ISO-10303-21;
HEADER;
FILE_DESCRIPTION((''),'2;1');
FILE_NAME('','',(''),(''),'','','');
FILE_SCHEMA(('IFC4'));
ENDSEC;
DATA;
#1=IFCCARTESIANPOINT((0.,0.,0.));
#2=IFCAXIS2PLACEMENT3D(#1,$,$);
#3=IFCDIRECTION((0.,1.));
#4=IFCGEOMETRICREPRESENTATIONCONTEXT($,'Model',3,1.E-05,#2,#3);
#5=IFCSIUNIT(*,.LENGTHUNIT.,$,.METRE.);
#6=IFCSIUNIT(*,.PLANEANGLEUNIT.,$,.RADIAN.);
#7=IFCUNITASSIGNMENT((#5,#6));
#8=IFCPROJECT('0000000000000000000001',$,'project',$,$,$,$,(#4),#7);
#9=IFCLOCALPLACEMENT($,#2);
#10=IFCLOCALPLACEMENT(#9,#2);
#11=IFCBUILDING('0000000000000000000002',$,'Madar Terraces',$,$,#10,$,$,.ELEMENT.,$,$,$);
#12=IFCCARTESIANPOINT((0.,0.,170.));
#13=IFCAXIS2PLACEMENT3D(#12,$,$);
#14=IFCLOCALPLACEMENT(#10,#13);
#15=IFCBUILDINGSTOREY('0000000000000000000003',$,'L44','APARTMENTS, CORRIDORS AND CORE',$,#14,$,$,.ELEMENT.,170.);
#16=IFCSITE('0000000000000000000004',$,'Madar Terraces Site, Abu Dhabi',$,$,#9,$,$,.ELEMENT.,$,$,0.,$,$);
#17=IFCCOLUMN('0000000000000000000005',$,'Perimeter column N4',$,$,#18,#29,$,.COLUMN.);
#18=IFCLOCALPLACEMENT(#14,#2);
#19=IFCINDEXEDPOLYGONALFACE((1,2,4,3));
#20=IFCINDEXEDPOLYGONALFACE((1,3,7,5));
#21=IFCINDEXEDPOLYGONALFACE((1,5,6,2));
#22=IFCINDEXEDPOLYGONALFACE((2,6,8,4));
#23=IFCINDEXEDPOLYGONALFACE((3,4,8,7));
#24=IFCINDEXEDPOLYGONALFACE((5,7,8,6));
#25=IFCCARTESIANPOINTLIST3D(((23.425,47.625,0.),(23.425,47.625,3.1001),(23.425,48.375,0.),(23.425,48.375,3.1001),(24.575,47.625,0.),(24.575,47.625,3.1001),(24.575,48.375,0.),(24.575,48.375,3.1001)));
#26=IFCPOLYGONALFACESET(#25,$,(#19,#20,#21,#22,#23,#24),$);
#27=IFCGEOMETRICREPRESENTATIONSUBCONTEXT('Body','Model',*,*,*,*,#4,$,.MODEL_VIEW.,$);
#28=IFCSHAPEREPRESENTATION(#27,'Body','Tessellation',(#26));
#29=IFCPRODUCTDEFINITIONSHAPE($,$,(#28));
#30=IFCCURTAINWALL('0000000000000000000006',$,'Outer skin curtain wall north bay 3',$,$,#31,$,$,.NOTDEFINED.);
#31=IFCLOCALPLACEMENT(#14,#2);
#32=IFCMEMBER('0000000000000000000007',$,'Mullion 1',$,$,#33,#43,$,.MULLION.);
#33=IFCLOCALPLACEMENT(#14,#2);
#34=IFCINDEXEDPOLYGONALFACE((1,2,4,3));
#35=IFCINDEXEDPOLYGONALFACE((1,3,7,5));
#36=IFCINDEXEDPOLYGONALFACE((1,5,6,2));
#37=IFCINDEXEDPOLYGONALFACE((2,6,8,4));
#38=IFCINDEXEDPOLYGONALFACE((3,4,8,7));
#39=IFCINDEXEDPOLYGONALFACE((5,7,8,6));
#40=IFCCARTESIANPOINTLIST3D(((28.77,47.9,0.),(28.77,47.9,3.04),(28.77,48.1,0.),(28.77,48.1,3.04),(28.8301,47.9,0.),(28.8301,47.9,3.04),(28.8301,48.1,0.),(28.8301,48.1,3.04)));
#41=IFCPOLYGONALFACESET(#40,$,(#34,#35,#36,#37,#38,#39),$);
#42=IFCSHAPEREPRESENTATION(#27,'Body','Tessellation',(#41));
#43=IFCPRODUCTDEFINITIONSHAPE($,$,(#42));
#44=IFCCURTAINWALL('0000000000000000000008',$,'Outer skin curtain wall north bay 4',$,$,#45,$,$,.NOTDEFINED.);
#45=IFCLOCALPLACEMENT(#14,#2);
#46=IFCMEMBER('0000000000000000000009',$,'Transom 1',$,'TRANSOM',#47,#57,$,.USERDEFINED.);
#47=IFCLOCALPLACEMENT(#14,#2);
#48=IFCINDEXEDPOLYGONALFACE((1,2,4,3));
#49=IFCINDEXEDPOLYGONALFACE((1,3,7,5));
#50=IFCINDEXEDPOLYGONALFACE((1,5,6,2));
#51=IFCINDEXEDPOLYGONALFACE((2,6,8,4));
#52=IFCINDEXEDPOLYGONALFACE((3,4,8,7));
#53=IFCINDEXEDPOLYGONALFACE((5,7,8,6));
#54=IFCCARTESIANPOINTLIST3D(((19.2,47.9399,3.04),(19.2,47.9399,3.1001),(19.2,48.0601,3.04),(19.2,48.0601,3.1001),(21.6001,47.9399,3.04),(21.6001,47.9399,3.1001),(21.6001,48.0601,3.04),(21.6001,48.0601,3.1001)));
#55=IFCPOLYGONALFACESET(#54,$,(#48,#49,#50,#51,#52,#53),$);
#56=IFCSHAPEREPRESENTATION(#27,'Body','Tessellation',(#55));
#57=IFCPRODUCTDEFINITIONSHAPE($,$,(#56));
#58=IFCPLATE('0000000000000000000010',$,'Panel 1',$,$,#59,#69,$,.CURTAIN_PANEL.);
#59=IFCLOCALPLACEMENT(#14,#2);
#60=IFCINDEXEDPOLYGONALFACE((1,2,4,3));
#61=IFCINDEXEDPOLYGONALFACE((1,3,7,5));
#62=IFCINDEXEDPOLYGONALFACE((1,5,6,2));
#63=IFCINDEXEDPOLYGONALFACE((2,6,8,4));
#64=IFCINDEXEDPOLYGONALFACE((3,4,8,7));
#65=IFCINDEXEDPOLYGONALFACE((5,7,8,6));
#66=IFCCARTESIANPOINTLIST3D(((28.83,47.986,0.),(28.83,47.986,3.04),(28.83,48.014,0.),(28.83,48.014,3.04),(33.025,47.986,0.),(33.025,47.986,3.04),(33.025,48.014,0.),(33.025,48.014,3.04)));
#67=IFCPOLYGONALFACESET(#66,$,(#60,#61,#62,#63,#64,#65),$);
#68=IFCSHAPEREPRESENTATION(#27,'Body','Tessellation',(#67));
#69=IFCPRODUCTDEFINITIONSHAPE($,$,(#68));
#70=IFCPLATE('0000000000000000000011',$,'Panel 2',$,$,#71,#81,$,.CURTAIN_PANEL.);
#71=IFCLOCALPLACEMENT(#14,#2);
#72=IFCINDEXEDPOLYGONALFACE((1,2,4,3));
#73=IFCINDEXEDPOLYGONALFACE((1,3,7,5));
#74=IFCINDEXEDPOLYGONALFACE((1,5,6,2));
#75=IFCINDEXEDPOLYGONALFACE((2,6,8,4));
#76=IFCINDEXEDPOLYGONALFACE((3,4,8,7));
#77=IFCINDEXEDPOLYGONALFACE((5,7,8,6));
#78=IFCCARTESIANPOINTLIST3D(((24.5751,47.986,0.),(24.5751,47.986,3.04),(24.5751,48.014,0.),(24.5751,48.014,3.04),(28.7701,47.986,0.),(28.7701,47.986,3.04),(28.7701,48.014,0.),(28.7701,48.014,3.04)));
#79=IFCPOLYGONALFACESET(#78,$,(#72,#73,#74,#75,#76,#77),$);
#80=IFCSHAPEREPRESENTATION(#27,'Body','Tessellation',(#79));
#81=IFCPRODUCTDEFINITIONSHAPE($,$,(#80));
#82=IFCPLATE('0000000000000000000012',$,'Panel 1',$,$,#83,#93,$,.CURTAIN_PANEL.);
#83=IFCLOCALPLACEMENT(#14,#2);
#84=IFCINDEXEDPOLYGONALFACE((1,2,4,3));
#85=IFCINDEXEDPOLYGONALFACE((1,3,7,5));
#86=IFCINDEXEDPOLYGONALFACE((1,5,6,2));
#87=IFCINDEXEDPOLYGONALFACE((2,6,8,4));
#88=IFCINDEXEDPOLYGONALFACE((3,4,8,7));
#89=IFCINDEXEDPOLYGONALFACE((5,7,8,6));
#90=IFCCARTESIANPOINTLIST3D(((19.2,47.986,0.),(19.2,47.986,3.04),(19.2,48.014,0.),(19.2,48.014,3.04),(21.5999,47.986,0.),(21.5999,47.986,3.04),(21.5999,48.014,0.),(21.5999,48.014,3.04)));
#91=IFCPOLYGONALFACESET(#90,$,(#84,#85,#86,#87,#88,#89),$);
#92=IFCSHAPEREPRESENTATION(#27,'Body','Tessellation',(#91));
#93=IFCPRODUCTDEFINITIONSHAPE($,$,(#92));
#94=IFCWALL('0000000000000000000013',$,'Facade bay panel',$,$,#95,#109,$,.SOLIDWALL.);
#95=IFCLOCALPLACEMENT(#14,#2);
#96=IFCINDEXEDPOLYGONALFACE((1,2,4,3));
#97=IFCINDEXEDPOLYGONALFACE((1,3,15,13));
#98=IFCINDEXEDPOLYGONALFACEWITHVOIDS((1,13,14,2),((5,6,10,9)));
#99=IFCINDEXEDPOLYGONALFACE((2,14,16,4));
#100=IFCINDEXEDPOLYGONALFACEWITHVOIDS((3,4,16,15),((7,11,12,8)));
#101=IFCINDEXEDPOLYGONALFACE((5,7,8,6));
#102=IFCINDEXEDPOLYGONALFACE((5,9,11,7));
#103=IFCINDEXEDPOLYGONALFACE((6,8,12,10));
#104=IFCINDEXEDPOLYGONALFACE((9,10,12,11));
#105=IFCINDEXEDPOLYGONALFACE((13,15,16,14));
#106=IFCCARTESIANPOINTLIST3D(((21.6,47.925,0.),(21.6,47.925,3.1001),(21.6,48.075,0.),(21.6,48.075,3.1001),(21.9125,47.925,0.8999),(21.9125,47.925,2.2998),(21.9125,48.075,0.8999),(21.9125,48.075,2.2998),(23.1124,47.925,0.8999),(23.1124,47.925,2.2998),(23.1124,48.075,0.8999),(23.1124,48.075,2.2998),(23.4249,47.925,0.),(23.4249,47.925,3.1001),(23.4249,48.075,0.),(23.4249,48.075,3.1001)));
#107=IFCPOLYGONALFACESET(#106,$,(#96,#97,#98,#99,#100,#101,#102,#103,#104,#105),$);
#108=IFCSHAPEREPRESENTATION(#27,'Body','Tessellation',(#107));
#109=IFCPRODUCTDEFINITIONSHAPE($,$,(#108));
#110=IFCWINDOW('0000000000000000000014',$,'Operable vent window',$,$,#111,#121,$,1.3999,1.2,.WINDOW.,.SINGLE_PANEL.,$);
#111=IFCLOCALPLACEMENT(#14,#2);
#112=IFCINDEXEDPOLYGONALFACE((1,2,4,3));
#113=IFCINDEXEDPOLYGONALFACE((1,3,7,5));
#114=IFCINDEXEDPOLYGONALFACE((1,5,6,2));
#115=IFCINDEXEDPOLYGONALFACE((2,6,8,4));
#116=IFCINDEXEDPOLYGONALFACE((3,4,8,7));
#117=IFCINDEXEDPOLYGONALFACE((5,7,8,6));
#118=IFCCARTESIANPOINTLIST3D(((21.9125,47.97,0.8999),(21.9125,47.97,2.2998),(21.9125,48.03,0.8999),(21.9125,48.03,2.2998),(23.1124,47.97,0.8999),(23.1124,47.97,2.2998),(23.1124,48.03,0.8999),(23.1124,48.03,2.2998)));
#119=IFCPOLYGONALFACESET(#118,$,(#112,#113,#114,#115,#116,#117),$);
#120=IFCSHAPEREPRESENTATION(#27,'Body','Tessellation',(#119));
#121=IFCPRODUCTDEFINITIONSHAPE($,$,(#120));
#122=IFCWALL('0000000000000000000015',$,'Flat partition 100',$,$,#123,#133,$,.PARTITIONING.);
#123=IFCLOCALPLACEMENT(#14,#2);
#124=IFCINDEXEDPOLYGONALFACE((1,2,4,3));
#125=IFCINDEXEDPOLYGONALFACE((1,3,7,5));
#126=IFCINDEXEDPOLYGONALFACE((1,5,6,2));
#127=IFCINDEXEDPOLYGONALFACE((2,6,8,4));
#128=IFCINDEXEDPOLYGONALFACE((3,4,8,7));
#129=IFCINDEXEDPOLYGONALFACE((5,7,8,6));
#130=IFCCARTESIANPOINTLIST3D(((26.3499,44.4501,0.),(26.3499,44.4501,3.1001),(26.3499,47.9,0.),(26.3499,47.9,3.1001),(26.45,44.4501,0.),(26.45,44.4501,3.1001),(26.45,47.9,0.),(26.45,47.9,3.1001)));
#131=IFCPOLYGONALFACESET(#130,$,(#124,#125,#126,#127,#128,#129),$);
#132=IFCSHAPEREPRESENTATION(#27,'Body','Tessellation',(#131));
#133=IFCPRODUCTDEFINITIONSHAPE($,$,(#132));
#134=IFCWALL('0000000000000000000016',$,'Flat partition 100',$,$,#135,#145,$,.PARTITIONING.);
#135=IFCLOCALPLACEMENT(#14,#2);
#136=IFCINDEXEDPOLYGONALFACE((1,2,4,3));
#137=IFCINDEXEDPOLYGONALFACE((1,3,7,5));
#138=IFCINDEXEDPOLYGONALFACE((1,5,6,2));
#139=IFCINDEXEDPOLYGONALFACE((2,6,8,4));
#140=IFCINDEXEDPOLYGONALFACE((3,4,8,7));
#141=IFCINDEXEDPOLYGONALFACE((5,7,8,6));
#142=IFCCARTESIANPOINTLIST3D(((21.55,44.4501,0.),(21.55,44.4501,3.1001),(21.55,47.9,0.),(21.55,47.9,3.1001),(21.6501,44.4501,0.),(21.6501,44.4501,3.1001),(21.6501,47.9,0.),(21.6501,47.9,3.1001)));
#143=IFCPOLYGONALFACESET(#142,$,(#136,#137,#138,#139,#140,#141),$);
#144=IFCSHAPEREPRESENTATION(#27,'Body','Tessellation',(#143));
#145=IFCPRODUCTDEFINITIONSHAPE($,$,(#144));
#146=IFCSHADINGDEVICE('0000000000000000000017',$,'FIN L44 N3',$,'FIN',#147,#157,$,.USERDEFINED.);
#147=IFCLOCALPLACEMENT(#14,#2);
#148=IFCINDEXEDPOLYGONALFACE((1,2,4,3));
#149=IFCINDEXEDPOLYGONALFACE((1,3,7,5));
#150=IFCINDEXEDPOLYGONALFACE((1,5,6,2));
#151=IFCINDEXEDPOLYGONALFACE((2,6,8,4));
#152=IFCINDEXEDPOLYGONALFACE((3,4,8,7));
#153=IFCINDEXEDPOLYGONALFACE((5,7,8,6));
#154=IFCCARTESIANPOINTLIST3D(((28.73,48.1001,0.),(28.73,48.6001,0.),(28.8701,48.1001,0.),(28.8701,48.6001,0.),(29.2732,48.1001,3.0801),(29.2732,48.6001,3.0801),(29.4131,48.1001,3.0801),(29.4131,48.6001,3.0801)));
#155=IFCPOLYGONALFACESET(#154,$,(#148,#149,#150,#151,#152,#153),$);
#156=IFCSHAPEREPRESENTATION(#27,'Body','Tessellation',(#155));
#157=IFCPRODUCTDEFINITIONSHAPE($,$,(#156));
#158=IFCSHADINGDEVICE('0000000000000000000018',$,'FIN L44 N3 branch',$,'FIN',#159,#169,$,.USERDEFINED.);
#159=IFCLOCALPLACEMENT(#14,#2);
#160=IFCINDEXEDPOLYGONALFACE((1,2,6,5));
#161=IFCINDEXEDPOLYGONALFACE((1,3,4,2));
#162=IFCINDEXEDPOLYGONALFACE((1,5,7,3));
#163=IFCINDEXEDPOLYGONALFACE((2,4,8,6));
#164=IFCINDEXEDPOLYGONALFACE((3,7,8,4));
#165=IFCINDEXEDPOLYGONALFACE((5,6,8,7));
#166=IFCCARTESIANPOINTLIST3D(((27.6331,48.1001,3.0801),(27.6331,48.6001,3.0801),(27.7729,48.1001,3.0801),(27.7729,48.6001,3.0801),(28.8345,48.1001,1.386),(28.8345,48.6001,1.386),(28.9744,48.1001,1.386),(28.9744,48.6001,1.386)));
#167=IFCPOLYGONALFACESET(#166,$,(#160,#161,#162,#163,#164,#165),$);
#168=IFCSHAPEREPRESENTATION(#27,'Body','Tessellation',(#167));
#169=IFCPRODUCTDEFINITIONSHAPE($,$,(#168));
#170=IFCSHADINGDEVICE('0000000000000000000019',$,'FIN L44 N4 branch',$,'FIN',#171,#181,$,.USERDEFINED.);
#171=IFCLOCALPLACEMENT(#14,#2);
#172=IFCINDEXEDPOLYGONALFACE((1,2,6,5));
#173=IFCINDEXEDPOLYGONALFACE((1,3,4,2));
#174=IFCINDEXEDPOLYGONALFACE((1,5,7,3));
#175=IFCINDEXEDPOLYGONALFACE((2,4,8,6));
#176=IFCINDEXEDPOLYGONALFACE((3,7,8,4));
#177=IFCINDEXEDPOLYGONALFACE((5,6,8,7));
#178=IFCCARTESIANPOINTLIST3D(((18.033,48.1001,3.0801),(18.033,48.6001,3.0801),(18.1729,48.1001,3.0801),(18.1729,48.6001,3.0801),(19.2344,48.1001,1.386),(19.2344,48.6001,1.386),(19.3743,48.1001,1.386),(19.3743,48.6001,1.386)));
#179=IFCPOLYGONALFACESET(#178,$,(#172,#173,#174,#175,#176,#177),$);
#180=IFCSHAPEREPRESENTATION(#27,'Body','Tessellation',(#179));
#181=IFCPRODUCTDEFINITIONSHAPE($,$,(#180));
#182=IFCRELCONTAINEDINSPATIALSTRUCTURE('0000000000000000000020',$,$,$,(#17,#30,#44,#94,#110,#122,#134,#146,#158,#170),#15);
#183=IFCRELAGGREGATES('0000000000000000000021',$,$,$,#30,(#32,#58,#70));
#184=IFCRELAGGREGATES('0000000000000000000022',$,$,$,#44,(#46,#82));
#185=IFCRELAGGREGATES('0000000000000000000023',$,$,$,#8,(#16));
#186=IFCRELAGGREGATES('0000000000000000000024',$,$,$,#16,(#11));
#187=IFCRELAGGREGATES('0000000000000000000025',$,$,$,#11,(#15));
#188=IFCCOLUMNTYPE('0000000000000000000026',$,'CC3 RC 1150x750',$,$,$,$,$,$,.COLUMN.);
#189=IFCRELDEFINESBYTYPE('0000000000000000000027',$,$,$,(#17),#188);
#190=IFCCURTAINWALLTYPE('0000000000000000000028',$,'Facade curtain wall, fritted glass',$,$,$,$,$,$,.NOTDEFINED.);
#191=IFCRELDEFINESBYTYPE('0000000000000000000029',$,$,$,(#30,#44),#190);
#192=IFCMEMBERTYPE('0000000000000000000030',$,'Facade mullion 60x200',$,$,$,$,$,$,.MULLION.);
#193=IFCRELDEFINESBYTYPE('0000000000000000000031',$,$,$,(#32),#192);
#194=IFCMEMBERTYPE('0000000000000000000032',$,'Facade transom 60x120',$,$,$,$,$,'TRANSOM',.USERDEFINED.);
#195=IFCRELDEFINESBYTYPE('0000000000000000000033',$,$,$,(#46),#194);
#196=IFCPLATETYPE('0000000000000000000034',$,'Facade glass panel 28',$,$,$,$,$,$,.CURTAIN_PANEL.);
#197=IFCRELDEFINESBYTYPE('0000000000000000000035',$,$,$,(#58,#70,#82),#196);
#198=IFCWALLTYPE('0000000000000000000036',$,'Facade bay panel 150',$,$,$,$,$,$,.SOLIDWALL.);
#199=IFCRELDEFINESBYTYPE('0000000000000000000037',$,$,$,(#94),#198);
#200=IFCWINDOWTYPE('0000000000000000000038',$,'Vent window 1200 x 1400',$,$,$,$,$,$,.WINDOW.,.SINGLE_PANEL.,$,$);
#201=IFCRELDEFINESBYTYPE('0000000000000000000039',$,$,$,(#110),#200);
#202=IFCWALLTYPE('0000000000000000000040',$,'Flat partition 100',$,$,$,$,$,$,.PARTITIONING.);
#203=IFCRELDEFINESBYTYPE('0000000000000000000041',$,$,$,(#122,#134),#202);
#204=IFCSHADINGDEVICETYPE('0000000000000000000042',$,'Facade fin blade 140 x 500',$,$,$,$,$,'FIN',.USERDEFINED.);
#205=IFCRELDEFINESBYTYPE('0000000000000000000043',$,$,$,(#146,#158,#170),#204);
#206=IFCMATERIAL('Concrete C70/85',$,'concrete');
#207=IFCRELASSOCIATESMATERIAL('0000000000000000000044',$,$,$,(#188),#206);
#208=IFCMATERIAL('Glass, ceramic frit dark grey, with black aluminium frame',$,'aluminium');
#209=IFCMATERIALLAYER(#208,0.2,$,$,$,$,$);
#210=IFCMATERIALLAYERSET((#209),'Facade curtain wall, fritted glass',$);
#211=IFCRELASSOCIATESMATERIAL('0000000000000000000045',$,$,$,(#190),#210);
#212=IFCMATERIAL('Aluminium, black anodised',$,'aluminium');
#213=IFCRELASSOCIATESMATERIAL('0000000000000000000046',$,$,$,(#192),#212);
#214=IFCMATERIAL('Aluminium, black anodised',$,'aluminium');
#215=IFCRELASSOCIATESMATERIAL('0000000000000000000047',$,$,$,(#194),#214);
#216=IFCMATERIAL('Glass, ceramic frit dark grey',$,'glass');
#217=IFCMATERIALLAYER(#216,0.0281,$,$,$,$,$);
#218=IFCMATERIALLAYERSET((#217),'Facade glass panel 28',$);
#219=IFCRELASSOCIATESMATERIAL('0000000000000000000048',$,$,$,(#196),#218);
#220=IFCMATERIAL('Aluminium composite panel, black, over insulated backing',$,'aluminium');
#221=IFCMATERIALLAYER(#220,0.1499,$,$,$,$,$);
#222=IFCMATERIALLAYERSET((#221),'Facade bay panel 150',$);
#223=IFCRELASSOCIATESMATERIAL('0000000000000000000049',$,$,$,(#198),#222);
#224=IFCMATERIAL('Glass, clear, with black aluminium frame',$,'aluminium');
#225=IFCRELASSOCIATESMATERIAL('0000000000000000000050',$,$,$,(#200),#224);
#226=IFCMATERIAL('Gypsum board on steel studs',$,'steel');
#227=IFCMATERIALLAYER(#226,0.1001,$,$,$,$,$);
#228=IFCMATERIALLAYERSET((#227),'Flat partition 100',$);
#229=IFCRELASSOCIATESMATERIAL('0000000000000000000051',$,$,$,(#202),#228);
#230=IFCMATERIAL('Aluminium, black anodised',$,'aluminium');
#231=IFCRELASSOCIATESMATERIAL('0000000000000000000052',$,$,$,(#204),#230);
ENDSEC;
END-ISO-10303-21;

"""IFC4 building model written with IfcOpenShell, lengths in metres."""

from ifc_helpers import new_model, si_unit, direction, frame, frame_2d, origin, origin_2d, place, context, subcontext, project, spatial, polyline, rectangle, outline, extrude, material, layer, layer_set, material_profile, profile_set, type_object, element, fill, aggregate, save


model = new_model("IFC4")

# Units and contexts
model_context = context("Model", 3, precision=1e-05, world=origin(), true_north=direction((0.0, 1.0)))
body_context = subcontext(model_context, "Body", "Model", "MODEL_VIEW")
ifc_project = project(units=[si_unit("LENGTHUNIT", "METRE"), si_unit("PLANEANGLEUNIT", "RADIAN")], contexts=[model_context])

# Site, building, storey
site_placement = place(None, origin())
site = spatial("IfcSite", under=ifc_project, at=site_placement, Name="Madar Terraces Site, Abu Dhabi", CompositionType="ELEMENT", RefElevation=0.0)
building_placement = place(site_placement, origin())
building = spatial("IfcBuilding", under=site, at=building_placement, Name="Madar Terraces", CompositionType="ELEMENT")
storey_placement = place(building_placement, frame((0.0, 0.0, 170.0)))
storey = spatial("IfcBuildingStorey", under=building, at=storey_placement, Name="L44", Description="APARTMENTS, CORRIDORS AND CORE", CompositionType="ELEMENT", Elevation=170.0)

# Column
ifc_material_1 = material(Name="Concrete C70/85", Category="concrete")
ifc_material_profile_1 = material_profile(ifc_material_1, rectangle(XDim=1.1499, YDim=0.75, at=origin_2d()), Name="CC3 RC 1150x750")
ifc_profile_set_1 = profile_set([ifc_material_profile_1], Name="Concrete C70/85")
column_type = type_object("IfcColumnType", Name="CC3 RC 1150x750", PredefinedType="COLUMN", material=ifc_profile_set_1)
column_placement = place(storey_placement, frame((24.0, 48.0, 0.0), z_axis=(0.0, 0.0, 1.0), x_axis=(1.0, 0.0, 0.0)))
element("IfcColumn", 1, at=column_placement, inside=storey, type_object=column_type, Name="Perimeter column N4", PredefinedType="COLUMN", context=body_context, shape_type="SweptSolid", body=[
    extrude(rectangle(XDim=1.1499, YDim=0.75, at=origin_2d()), origin(), (0.0, 0.0, 1.0), 3.1001),
])

# Curtain walls, members
ifc_material_2 = material(Name="Glass, ceramic frit dark grey, with black aluminium frame", Category="aluminium")
ifc_layer_1 = layer(ifc_material_2, 0.2)
ifc_layer_set_1 = layer_set([ifc_layer_1], Name="Facade curtain wall, fritted glass")
curtain_wall_type = type_object("IfcCurtainWallType", Name="Facade curtain wall, fritted glass", PredefinedType="NOTDEFINED", material=ifc_layer_set_1)
curtain_wall_1_placement = place(storey_placement, origin())
curtain_wall_1 = element("IfcCurtainWall", 2, at=curtain_wall_1_placement, inside=storey, type_object=curtain_wall_type, Name="Outer skin curtain wall north bay 3", PredefinedType="NOTDEFINED")
ifc_material_3 = material(Name="Aluminium, black anodised", Category="aluminium")
ifc_material_profile_2 = material_profile(ifc_material_3, rectangle(XDim=0.2, YDim=0.0601, at=origin_2d()), Name="Facade mullion 60x200")
ifc_profile_set_2 = profile_set([ifc_material_profile_2], Name="Aluminium, black anodised")
member_type_1 = type_object("IfcMemberType", Name="Facade mullion 60x200", PredefinedType="MULLION", material=ifc_profile_set_2)
member_1_placement = place(storey_placement, frame((28.8, 48.0, 0.0), z_axis=(0.0, 0.0, 1.0), x_axis=(0.0, -1.0, 0.0)))
member_1 = element("IfcMember", 3, at=member_1_placement, type_object=member_type_1, Name="Mullion 1", PredefinedType="MULLION", context=body_context, shape_type="SweptSolid", body=[
    extrude(rectangle(XDim=0.2, YDim=0.0601, at=origin_2d()), origin(), (0.0, 0.0, 1.0), 3.04),
])
curtain_wall_2_placement = place(storey_placement, origin())
curtain_wall_2 = element("IfcCurtainWall", 4, at=curtain_wall_2_placement, inside=storey, type_object=curtain_wall_type, Name="Outer skin curtain wall north bay 4", PredefinedType="NOTDEFINED")
ifc_material_4 = material(Name="Aluminium, black anodised", Category="aluminium")
ifc_material_profile_3 = material_profile(ifc_material_4, rectangle(XDim=0.1201, YDim=0.0601, at=origin_2d()), Name="Facade transom 60x120")
ifc_profile_set_3 = profile_set([ifc_material_profile_3], Name="Aluminium, black anodised")
member_type_2 = type_object("IfcMemberType", Name="Facade transom 60x120", ElementType="TRANSOM", PredefinedType="USERDEFINED", material=ifc_profile_set_3)
member_2_placement = place(storey_placement, frame((21.6001, 48.0, 3.0701), z_axis=(-1.0, 0.0, 0.0), x_axis=(0.0, -1.0, 0.0)))
member_2 = element("IfcMember", 5, at=member_2_placement, type_object=member_type_2, Name="Transom 1", ObjectType="TRANSOM", PredefinedType="USERDEFINED", context=body_context, shape_type="SweptSolid", body=[
    extrude(rectangle(XDim=0.1201, YDim=0.0601, at=origin_2d()), origin(), (0.0, 0.0, 1.0), 2.4001),
])

# Plates
ifc_material_5 = material(Name="Glass, ceramic frit dark grey", Category="glass")
ifc_layer_2 = layer(ifc_material_5, 0.0281)
ifc_layer_set_2 = layer_set([ifc_layer_2], Name="Facade glass panel 28")
plate_type = type_object("IfcPlateType", Name="Facade glass panel 28", PredefinedType="CURTAIN_PANEL", material=ifc_layer_set_2)
plate_1_placement = place(storey_placement, frame((30.9275, 48.0, 0.0), z_axis=(0.0, 0.0, 1.0), x_axis=(-1.0, 0.0, 0.0)))
plate_1 = element("IfcPlate", 6, at=plate_1_placement, type_object=plate_type, Name="Panel 1", PredefinedType="CURTAIN_PANEL", context=body_context, shape_type="SweptSolid", body=[
    extrude(rectangle(XDim=4.1951, YDim=0.0281, at=origin_2d()), origin(), (0.0, 0.0, 1.0), 3.04),
])
plate_2_placement = place(storey_placement, frame((26.6726, 48.0, 0.0), z_axis=(0.0, 0.0, 1.0), x_axis=(-1.0, 0.0, 0.0)))
plate_2 = element("IfcPlate", 7, at=plate_2_placement, type_object=plate_type, Name="Panel 2", PredefinedType="CURTAIN_PANEL", context=body_context, shape_type="SweptSolid", body=[
    extrude(rectangle(XDim=4.1951, YDim=0.0281, at=origin_2d()), origin(), (0.0, 0.0, 1.0), 3.04),
])
aggregate(curtain_wall_1, [member_1, plate_1, plate_2])
plate_3_placement = place(storey_placement, frame((20.3999, 48.0, 0.0), z_axis=(0.0, 0.0, 1.0), x_axis=(-1.0, 0.0, 0.0)))
plate_3 = element("IfcPlate", 8, at=plate_3_placement, type_object=plate_type, Name="Panel 1", PredefinedType="CURTAIN_PANEL", context=body_context, shape_type="SweptSolid", body=[
    extrude(rectangle(XDim=2.3999, YDim=0.0281, at=origin_2d()), origin(), (0.0, 0.0, 1.0), 3.04),
])
aggregate(curtain_wall_2, [member_2, plate_3])

# Wall, opening, window
ifc_material_6 = material(Name="Aluminium composite panel, black, over insulated backing", Category="aluminium")
ifc_layer_3 = layer(ifc_material_6, 0.1499)
ifc_layer_set_3 = layer_set([ifc_layer_3], Name="Facade bay panel 150")
wall_type_1 = type_object("IfcWallType", Name="Facade bay panel 150", PredefinedType="SOLIDWALL", material=ifc_layer_set_3)
wall_placement = place(storey_placement, frame((23.425, 48.0, 0.0), z_axis=(0.0, 0.0, 1.0), x_axis=(-1.0, 0.0, 0.0)))
wall = element("IfcWall", 9, at=wall_placement, inside=storey, type_object=wall_type_1, Name="Facade bay panel", PredefinedType="SOLIDWALL", context=body_context, shape_type="SweptSolid", body=[
    extrude(rectangle(XDim=1.825, YDim=0.1499, at=frame_2d((0.9126, 0.0))), origin(), (0.0, 0.0, 1.0), 3.1001),
])
opening_placement = place(wall_placement, frame((0.3125, 0.0, 0.8999)))
opening = element("IfcOpeningElement", 10, at=opening_placement, cuts=wall, PredefinedType="OPENING", context=body_context, shape_type="SweptSolid", body=[
    extrude(rectangle(XDim=1.2, YDim=1.3999, at=frame_2d((0.6001, 0.7))), frame((0.0, 0.085, 0.0), z_axis=(0.0, -1.0, 0.0), x_axis=(1.0, 0.0, 0.0)), (0.0, 0.0, 1.0), 0.1699),
])
ifc_material_7 = material(Name="Glass, clear, with black aluminium frame", Category="aluminium")
window_type = type_object("IfcWindowType", Name="Vent window 1200 x 1400", PartitioningType="SINGLE_PANEL", PredefinedType="WINDOW", material=ifc_material_7)
window_placement = place(opening_placement, origin())
window = element("IfcWindow", 11, at=window_placement, inside=storey, type_object=window_type, Name="Operable vent window", OverallHeight=1.3999, OverallWidth=1.2, PartitioningType="SINGLE_PANEL", PredefinedType="WINDOW", context=body_context, shape_type="SweptSolid", body=[
    extrude(rectangle(XDim=1.2, YDim=1.3999, at=frame_2d((0.6001, 0.7))), frame((0.0, 0.03, 0.0), z_axis=(0.0, -1.0, 0.0), x_axis=(1.0, 0.0, 0.0)), (0.0, 0.0, 1.0), 0.0601),
])
fill(opening, window)

# Walls
ifc_material_8 = material(Name="Gypsum board on steel studs", Category="steel")
ifc_layer_4 = layer(ifc_material_8, 0.1001)
ifc_layer_set_4 = layer_set([ifc_layer_4], Name="Flat partition 100")
wall_type_2 = type_object("IfcWallType", Name="Flat partition 100", PredefinedType="PARTITIONING", material=ifc_layer_set_4)
for number, where, z_axis, x_axis, name in (
    (12, (26.3999, 44.45, 0.0), (0.0, 0.0, 1.0), (0.0, 1.0, 0.0), "Flat partition 100"),
    (13, (21.6001, 44.45, 0.0), (0.0, 0.0, 1.0), (0.0, 1.0, 0.0), "Flat partition 100"),
):
    element("IfcWall", number, at=place(storey_placement, frame(where, z_axis=z_axis, x_axis=x_axis)), inside=storey, type_object=wall_type_2, Name=name, PredefinedType="PARTITIONING", context=body_context, shape_type="SweptSolid", body=[
        extrude(rectangle(XDim=3.45, YDim=0.1001, at=frame_2d((1.7251, 0.0))), origin(), (0.0, 0.0, 1.0), 3.1001),
    ])

# Shading devices
ifc_material_9 = material(Name="Aluminium, black anodised", Category="aluminium")
shading_device_type = type_object("IfcShadingDeviceType", Name="Facade fin blade 140 x 500", ElementType="FIN", PredefinedType="USERDEFINED", material=ifc_material_9)
shading_device_placement = place(storey_placement, frame((28.8701, 48.3501, 0.0), z_axis=(0.0, 0.0, 1.0), x_axis=(-1.0, 0.0, 0.0)))
element("IfcShadingDevice", 14, at=shading_device_placement, inside=storey, type_object=shading_device_type, Name="FIN L44 N3", ObjectType="FIN", PredefinedType="USERDEFINED", context=body_context, shape_type="SweptSolid", body=[
    extrude(outline(polyline([(0.0, 0.0), (0.1401, 0.0), (-0.4031, 3.0801), (-0.543, 3.0801), (0.0, 0.0)])), frame((0.0, 0.25, 0.0), z_axis=(0.0, -1.0, 0.0), x_axis=(1.0, 0.0, 0.0)), (0.0, 0.0, 1.0), 0.5),
])
for number, where, z_axis, x_axis, name in (
    (15, (28.9744, 48.3501, 1.386), (0.0, 0.0, 1.0), (-1.0, 0.0, 0.0), "FIN L44 N3 branch"),
    (16, (19.3743, 48.3501, 1.386), (0.0, 0.0, 1.0), (-1.0, 0.0, 0.0), "FIN L44 N4 branch"),
):
    element("IfcShadingDevice", number, at=place(storey_placement, frame(where, z_axis=z_axis, x_axis=x_axis)), inside=storey, type_object=shading_device_type, Name=name, ObjectType="FIN", PredefinedType="USERDEFINED", context=body_context, shape_type="SweptSolid", body=[
        extrude(outline(polyline([(0.0, 0.0), (0.1399, 0.0), (1.3413, 1.6941), (1.2014, 1.6941), (0.0, 0.0)])), frame((0.0, 0.25, 0.0), z_axis=(0.0, -1.0, 0.0), x_axis=(1.0, 0.0, 0.0)), (0.0, 0.0, 1.0), 0.5),
    ])

save(model, "model.ifc")
